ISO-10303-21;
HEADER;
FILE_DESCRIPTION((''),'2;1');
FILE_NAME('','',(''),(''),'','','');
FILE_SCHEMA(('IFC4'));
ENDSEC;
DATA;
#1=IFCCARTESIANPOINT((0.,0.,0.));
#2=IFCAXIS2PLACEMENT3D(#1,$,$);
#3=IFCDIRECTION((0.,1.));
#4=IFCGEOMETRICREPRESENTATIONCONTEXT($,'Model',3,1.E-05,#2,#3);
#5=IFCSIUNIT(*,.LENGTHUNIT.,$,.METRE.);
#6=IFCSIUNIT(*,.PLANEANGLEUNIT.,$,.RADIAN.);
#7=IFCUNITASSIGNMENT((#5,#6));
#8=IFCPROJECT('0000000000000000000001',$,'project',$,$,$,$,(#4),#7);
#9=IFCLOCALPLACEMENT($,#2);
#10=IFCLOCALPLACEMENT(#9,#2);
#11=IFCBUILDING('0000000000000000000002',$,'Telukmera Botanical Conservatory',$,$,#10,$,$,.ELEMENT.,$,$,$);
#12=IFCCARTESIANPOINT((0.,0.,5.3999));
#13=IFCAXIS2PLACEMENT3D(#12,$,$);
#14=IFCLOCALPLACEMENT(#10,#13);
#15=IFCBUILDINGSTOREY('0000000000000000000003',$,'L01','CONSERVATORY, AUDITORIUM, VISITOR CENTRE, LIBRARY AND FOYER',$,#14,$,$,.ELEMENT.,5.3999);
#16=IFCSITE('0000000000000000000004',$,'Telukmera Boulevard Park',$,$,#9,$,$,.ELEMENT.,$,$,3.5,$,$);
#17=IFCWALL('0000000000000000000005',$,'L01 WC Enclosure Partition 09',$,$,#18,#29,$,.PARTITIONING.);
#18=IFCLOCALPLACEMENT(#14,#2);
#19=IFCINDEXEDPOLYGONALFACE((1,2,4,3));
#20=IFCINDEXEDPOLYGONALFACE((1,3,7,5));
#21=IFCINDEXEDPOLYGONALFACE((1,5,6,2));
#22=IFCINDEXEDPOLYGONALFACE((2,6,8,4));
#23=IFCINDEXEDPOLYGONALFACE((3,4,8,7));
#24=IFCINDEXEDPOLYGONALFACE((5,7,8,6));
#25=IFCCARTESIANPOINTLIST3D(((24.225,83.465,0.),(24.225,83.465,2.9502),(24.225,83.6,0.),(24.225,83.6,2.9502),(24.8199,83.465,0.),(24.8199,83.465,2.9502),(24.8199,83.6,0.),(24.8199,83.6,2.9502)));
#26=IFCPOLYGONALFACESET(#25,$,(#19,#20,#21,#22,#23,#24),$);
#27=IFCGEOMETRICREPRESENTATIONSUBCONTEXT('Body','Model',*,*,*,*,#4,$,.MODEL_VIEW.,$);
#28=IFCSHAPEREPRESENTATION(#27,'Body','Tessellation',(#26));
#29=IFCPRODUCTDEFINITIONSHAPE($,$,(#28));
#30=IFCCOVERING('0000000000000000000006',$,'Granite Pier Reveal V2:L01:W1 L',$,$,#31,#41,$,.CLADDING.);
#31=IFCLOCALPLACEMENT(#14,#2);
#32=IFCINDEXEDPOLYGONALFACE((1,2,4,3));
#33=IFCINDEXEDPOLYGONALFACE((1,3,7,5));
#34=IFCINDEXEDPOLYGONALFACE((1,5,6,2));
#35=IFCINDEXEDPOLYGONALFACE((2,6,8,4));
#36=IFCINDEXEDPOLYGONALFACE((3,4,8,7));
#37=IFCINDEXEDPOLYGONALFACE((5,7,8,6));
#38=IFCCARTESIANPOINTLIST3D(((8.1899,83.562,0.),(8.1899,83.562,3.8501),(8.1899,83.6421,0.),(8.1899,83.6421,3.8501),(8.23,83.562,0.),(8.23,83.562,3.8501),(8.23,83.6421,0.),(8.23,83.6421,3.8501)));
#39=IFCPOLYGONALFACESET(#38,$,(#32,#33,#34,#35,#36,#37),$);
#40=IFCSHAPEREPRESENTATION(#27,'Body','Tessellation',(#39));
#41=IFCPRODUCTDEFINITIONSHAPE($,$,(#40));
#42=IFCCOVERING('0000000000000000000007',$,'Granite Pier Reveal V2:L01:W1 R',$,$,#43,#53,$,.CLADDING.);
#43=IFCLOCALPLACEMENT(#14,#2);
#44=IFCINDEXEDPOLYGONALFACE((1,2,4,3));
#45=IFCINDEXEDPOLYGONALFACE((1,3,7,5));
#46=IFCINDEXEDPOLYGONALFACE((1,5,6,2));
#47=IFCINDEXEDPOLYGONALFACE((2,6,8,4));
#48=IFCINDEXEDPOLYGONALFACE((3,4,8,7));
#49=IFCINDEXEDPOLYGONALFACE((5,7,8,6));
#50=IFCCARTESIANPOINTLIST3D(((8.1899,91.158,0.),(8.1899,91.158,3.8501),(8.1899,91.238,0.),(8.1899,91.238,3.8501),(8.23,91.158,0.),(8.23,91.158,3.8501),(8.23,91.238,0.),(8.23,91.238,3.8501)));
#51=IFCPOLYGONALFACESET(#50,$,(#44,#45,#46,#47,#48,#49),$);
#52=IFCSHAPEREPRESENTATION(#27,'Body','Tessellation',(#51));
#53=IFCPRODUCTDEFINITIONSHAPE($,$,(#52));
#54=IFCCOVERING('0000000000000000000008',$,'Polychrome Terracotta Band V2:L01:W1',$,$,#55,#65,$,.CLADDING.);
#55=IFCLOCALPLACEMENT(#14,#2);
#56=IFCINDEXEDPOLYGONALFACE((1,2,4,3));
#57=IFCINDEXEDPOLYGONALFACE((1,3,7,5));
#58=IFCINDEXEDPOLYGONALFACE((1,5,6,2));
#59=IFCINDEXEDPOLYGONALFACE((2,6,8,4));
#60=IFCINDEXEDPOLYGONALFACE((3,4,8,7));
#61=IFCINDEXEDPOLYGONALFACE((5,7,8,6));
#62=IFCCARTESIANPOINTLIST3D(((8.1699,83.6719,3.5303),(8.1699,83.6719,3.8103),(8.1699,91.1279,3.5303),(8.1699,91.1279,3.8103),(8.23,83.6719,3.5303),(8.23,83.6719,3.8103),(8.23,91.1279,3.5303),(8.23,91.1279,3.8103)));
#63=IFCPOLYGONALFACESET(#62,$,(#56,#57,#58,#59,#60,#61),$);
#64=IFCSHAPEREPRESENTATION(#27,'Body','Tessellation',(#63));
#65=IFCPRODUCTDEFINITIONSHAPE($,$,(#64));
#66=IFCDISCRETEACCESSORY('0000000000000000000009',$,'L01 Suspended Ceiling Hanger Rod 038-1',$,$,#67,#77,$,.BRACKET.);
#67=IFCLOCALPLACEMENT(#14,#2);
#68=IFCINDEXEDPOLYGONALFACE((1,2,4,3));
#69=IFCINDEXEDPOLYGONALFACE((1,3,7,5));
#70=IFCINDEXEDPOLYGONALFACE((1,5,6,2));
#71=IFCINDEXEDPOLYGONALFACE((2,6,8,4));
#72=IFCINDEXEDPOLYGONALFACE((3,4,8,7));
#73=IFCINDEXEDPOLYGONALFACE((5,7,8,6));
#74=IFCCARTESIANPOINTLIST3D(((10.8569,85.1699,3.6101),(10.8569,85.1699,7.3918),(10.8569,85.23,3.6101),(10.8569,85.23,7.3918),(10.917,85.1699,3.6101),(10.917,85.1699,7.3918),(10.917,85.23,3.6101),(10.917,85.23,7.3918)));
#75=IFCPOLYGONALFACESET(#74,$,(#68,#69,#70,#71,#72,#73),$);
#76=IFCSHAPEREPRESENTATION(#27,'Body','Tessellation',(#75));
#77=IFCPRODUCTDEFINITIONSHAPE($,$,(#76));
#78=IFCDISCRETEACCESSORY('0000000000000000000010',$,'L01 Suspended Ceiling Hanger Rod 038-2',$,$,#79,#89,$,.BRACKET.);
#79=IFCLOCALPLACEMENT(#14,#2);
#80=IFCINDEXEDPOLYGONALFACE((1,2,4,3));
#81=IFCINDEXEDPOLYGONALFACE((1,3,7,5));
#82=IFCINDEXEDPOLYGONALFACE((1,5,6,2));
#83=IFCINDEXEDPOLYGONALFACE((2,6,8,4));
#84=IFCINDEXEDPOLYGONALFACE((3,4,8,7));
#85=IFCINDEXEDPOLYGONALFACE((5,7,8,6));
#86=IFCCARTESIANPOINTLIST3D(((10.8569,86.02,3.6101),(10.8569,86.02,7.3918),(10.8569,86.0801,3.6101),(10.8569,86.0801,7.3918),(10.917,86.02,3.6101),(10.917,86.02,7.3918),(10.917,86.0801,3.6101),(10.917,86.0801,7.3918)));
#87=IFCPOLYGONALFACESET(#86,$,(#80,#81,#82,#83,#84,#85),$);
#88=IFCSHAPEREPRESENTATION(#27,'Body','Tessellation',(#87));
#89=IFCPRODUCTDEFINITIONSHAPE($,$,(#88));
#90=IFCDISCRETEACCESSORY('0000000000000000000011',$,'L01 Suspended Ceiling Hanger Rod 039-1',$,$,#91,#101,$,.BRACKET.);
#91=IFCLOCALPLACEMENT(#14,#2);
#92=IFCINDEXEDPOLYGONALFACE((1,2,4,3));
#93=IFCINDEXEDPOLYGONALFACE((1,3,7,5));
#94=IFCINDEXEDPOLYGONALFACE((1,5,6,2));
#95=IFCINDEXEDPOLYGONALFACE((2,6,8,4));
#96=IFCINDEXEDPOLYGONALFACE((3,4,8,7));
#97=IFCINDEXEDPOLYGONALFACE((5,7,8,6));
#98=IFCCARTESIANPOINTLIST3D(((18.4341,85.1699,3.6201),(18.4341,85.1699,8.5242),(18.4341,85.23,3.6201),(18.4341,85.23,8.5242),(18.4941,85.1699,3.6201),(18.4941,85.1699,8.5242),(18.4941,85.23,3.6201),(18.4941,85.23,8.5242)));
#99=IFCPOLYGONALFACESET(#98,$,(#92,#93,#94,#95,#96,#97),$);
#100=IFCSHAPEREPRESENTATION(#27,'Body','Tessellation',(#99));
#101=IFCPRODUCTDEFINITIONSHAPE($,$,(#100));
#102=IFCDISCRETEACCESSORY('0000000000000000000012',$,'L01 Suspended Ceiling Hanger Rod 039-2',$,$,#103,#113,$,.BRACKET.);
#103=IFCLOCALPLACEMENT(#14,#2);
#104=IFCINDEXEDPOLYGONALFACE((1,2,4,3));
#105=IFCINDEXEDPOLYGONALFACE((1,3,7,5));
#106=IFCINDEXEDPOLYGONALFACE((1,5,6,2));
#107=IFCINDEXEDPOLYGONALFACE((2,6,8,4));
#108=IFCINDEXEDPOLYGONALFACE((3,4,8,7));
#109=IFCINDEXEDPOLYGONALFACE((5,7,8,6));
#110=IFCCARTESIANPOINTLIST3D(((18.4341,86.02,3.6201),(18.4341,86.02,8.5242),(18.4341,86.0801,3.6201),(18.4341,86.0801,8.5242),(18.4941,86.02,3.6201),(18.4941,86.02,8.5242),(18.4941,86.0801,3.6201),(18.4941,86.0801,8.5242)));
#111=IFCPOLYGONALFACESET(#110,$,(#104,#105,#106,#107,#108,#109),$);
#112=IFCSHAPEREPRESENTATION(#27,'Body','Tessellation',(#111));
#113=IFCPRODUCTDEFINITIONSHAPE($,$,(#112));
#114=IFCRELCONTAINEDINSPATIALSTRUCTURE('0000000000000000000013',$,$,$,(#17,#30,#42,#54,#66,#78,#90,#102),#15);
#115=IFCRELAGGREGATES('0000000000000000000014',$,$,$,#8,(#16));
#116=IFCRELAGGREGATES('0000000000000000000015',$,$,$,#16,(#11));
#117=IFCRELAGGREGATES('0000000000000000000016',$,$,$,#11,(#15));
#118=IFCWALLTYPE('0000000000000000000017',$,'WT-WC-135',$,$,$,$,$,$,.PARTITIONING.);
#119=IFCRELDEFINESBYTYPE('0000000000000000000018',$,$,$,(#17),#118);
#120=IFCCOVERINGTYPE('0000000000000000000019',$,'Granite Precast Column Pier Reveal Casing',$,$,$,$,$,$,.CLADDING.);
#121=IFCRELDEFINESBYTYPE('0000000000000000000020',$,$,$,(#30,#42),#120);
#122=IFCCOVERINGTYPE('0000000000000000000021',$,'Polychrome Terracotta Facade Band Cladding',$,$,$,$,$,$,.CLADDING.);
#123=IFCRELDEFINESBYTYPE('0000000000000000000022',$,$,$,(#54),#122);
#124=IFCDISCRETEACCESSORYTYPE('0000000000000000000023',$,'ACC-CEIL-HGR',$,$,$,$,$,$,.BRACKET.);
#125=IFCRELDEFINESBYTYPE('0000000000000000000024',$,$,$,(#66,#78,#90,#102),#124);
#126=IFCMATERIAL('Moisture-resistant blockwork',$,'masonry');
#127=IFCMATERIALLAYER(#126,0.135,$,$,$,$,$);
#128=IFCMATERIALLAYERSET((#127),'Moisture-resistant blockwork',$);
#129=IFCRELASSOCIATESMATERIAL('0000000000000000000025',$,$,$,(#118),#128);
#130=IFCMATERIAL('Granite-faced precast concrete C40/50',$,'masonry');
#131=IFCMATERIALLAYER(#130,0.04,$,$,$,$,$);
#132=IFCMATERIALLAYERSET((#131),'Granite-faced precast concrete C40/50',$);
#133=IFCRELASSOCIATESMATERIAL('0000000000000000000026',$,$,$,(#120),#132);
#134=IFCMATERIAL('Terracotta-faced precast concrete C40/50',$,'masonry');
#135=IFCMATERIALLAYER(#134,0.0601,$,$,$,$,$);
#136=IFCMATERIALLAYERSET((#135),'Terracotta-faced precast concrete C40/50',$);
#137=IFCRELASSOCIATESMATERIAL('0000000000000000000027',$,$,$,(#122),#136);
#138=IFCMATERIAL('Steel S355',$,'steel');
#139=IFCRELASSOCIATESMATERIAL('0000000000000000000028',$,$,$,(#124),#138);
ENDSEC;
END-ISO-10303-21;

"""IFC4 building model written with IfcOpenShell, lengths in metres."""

from ifc_helpers import new_model, si_unit, direction, frame, frame_2d, origin, origin_2d, place, context, subcontext, project, spatial, rectangle, extrude, material, layer, layer_set, type_object, element, save


model = new_model("IFC4")

# Units and contexts
model_context = context("Model", 3, precision=1e-05, world=origin(), true_north=direction((0.0, 1.0)))
body_context = subcontext(model_context, "Body", "Model", "MODEL_VIEW")
ifc_project = project(units=[si_unit("LENGTHUNIT", "METRE"), si_unit("PLANEANGLEUNIT", "RADIAN")], contexts=[model_context])

# Site, building, storey
site_placement = place(None, origin())
site = spatial("IfcSite", under=ifc_project, at=site_placement, Name="Telukmera Boulevard Park", CompositionType="ELEMENT", RefElevation=3.5)
building_placement = place(site_placement, origin())
building = spatial("IfcBuilding", under=site, at=building_placement, Name="Telukmera Botanical Conservatory", CompositionType="ELEMENT")
storey_placement = place(building_placement, frame((0.0, 0.0, 5.3999)))
storey = spatial("IfcBuildingStorey", under=building, at=storey_placement, Name="L01", Description="CONSERVATORY, AUDITORIUM, VISITOR CENTRE, LIBRARY AND FOYER", CompositionType="ELEMENT", Elevation=5.3999)

# Shared definitions
ifc_material_1 = material(Name="Granite-faced precast concrete C40/50", Category="masonry")

# Shared definitions
ifc_material_2 = material(Name="Moisture-resistant blockwork", Category="masonry")
ifc_layer_1 = layer(ifc_material_2, 0.135)
ifc_layer_set_1 = layer_set([ifc_layer_1], Name="Moisture-resistant blockwork")
wall_type_1 = type_object("IfcWallType", Name="WT-WC-135", PredefinedType="PARTITIONING", material=ifc_layer_set_1)

# Wall
wall_1_placement = place(storey_placement, frame((24.2251, 83.5325, 0.0), z_axis=(0.0, 0.0, 1.0), x_axis=(1.0, 0.0, 0.0)))
element("IfcWall", 1, at=wall_1_placement, inside=storey, type_object=wall_type_1, Name="L01 WC Enclosure Partition 09", PredefinedType="PARTITIONING", context=body_context, shape_type="SweptSolid", body=[
    extrude(rectangle(XDim=0.595, YDim=0.135, at=frame_2d((0.2974, 0.0))), origin(), (0.0, 0.0, 1.0), 2.9502),
])

# Coverings
ifc_layer_2 = layer(ifc_material_1, 0.04)
ifc_layer_set_2 = layer_set([ifc_layer_2], Name="Granite-faced precast concrete C40/50")
covering_type_1 = type_object("IfcCoveringType", Name="Granite Precast Column Pier Reveal Casing", PredefinedType="CLADDING", material=ifc_layer_set_2)
for number, where, z_axis, x_axis, name in (
    (2, (8.21, 83.6021, 0.0), (0.0, 0.0, 1.0), (0.0, 1.0, 0.0), "Granite Pier Reveal V2:L01:W1 L"),
    (3, (8.21, 91.198, 0.0), (0.0, 0.0, 1.0), (0.0, 1.0, 0.0), "Granite Pier Reveal V2:L01:W1 R"),
):
    element("IfcCovering", number, at=place(storey_placement, frame(where, z_axis=z_axis, x_axis=x_axis)), inside=storey, type_object=covering_type_1, Name=name, PredefinedType="CLADDING", context=body_context, shape_type="SweptSolid", body=[
        extrude(rectangle(XDim=0.0801, YDim=0.04, at=origin_2d()), origin(), (0.0, 0.0, 1.0), 3.8501),
    ])
ifc_material_3 = material(Name="Terracotta-faced precast concrete C40/50", Category="masonry")
ifc_layer_3 = layer(ifc_material_3, 0.0601)
ifc_layer_set_3 = layer_set([ifc_layer_3], Name="Terracotta-faced precast concrete C40/50")
covering_type_2 = type_object("IfcCoveringType", Name="Polychrome Terracotta Facade Band Cladding", PredefinedType="CLADDING", material=ifc_layer_set_3)
covering_placement = place(storey_placement, frame((8.2, 87.3999, 3.5303), z_axis=(0.0, 0.0, 1.0), x_axis=(0.0, 1.0, 0.0)))
element("IfcCovering", 4, at=covering_placement, inside=storey, type_object=covering_type_2, Name="Polychrome Terracotta Band V2:L01:W1", PredefinedType="CLADDING", context=body_context, shape_type="SweptSolid", body=[
    extrude(rectangle(XDim=7.4561, YDim=0.0601, at=origin_2d()), origin(), (0.0, 0.0, 1.0), 0.28),
])

# Discrete accessories
ifc_material_4 = material(Name="Steel S355", Category="steel")
discrete_accessory_type = type_object("IfcDiscreteAccessoryType", Name="ACC-CEIL-HGR", PredefinedType="BRACKET", material=ifc_material_4)
for number, where, z_axis, x_axis, name in (
    (5, (10.887, 85.2, 3.6101), (0.0, 0.0, 1.0), (1.0, 0.0, 0.0), "L01 Suspended Ceiling Hanger Rod 038-1"),
    (6, (10.887, 86.05, 3.6101), (0.0, 0.0, 1.0), (1.0, 0.0, 0.0), "L01 Suspended Ceiling Hanger Rod 038-2"),
):
    element("IfcDiscreteAccessory", number, at=place(storey_placement, frame(where, z_axis=z_axis, x_axis=x_axis)), inside=storey, type_object=discrete_accessory_type, Name=name, PredefinedType="BRACKET", context=body_context, shape_type="SweptSolid", body=[
        extrude(rectangle(XDim=0.0601, YDim=0.0601, at=origin_2d()), origin(), (0.0, 0.0, 1.0), 3.7817),
    ])
for number, where, z_axis, x_axis, name in (
    (7, (18.4641, 85.2, 3.6201), (0.0, 0.0, 1.0), (1.0, 0.0, 0.0), "L01 Suspended Ceiling Hanger Rod 039-1"),
    (8, (18.4641, 86.05, 3.6201), (0.0, 0.0, 1.0), (1.0, 0.0, 0.0), "L01 Suspended Ceiling Hanger Rod 039-2"),
):
    element("IfcDiscreteAccessory", number, at=place(storey_placement, frame(where, z_axis=z_axis, x_axis=x_axis)), inside=storey, type_object=discrete_accessory_type, Name=name, PredefinedType="BRACKET", context=body_context, shape_type="SweptSolid", body=[
        extrude(rectangle(XDim=0.0601, YDim=0.0601, at=origin_2d()), origin(), (0.0, 0.0, 1.0), 4.9041),
    ])

save(model, "model.ifc")
